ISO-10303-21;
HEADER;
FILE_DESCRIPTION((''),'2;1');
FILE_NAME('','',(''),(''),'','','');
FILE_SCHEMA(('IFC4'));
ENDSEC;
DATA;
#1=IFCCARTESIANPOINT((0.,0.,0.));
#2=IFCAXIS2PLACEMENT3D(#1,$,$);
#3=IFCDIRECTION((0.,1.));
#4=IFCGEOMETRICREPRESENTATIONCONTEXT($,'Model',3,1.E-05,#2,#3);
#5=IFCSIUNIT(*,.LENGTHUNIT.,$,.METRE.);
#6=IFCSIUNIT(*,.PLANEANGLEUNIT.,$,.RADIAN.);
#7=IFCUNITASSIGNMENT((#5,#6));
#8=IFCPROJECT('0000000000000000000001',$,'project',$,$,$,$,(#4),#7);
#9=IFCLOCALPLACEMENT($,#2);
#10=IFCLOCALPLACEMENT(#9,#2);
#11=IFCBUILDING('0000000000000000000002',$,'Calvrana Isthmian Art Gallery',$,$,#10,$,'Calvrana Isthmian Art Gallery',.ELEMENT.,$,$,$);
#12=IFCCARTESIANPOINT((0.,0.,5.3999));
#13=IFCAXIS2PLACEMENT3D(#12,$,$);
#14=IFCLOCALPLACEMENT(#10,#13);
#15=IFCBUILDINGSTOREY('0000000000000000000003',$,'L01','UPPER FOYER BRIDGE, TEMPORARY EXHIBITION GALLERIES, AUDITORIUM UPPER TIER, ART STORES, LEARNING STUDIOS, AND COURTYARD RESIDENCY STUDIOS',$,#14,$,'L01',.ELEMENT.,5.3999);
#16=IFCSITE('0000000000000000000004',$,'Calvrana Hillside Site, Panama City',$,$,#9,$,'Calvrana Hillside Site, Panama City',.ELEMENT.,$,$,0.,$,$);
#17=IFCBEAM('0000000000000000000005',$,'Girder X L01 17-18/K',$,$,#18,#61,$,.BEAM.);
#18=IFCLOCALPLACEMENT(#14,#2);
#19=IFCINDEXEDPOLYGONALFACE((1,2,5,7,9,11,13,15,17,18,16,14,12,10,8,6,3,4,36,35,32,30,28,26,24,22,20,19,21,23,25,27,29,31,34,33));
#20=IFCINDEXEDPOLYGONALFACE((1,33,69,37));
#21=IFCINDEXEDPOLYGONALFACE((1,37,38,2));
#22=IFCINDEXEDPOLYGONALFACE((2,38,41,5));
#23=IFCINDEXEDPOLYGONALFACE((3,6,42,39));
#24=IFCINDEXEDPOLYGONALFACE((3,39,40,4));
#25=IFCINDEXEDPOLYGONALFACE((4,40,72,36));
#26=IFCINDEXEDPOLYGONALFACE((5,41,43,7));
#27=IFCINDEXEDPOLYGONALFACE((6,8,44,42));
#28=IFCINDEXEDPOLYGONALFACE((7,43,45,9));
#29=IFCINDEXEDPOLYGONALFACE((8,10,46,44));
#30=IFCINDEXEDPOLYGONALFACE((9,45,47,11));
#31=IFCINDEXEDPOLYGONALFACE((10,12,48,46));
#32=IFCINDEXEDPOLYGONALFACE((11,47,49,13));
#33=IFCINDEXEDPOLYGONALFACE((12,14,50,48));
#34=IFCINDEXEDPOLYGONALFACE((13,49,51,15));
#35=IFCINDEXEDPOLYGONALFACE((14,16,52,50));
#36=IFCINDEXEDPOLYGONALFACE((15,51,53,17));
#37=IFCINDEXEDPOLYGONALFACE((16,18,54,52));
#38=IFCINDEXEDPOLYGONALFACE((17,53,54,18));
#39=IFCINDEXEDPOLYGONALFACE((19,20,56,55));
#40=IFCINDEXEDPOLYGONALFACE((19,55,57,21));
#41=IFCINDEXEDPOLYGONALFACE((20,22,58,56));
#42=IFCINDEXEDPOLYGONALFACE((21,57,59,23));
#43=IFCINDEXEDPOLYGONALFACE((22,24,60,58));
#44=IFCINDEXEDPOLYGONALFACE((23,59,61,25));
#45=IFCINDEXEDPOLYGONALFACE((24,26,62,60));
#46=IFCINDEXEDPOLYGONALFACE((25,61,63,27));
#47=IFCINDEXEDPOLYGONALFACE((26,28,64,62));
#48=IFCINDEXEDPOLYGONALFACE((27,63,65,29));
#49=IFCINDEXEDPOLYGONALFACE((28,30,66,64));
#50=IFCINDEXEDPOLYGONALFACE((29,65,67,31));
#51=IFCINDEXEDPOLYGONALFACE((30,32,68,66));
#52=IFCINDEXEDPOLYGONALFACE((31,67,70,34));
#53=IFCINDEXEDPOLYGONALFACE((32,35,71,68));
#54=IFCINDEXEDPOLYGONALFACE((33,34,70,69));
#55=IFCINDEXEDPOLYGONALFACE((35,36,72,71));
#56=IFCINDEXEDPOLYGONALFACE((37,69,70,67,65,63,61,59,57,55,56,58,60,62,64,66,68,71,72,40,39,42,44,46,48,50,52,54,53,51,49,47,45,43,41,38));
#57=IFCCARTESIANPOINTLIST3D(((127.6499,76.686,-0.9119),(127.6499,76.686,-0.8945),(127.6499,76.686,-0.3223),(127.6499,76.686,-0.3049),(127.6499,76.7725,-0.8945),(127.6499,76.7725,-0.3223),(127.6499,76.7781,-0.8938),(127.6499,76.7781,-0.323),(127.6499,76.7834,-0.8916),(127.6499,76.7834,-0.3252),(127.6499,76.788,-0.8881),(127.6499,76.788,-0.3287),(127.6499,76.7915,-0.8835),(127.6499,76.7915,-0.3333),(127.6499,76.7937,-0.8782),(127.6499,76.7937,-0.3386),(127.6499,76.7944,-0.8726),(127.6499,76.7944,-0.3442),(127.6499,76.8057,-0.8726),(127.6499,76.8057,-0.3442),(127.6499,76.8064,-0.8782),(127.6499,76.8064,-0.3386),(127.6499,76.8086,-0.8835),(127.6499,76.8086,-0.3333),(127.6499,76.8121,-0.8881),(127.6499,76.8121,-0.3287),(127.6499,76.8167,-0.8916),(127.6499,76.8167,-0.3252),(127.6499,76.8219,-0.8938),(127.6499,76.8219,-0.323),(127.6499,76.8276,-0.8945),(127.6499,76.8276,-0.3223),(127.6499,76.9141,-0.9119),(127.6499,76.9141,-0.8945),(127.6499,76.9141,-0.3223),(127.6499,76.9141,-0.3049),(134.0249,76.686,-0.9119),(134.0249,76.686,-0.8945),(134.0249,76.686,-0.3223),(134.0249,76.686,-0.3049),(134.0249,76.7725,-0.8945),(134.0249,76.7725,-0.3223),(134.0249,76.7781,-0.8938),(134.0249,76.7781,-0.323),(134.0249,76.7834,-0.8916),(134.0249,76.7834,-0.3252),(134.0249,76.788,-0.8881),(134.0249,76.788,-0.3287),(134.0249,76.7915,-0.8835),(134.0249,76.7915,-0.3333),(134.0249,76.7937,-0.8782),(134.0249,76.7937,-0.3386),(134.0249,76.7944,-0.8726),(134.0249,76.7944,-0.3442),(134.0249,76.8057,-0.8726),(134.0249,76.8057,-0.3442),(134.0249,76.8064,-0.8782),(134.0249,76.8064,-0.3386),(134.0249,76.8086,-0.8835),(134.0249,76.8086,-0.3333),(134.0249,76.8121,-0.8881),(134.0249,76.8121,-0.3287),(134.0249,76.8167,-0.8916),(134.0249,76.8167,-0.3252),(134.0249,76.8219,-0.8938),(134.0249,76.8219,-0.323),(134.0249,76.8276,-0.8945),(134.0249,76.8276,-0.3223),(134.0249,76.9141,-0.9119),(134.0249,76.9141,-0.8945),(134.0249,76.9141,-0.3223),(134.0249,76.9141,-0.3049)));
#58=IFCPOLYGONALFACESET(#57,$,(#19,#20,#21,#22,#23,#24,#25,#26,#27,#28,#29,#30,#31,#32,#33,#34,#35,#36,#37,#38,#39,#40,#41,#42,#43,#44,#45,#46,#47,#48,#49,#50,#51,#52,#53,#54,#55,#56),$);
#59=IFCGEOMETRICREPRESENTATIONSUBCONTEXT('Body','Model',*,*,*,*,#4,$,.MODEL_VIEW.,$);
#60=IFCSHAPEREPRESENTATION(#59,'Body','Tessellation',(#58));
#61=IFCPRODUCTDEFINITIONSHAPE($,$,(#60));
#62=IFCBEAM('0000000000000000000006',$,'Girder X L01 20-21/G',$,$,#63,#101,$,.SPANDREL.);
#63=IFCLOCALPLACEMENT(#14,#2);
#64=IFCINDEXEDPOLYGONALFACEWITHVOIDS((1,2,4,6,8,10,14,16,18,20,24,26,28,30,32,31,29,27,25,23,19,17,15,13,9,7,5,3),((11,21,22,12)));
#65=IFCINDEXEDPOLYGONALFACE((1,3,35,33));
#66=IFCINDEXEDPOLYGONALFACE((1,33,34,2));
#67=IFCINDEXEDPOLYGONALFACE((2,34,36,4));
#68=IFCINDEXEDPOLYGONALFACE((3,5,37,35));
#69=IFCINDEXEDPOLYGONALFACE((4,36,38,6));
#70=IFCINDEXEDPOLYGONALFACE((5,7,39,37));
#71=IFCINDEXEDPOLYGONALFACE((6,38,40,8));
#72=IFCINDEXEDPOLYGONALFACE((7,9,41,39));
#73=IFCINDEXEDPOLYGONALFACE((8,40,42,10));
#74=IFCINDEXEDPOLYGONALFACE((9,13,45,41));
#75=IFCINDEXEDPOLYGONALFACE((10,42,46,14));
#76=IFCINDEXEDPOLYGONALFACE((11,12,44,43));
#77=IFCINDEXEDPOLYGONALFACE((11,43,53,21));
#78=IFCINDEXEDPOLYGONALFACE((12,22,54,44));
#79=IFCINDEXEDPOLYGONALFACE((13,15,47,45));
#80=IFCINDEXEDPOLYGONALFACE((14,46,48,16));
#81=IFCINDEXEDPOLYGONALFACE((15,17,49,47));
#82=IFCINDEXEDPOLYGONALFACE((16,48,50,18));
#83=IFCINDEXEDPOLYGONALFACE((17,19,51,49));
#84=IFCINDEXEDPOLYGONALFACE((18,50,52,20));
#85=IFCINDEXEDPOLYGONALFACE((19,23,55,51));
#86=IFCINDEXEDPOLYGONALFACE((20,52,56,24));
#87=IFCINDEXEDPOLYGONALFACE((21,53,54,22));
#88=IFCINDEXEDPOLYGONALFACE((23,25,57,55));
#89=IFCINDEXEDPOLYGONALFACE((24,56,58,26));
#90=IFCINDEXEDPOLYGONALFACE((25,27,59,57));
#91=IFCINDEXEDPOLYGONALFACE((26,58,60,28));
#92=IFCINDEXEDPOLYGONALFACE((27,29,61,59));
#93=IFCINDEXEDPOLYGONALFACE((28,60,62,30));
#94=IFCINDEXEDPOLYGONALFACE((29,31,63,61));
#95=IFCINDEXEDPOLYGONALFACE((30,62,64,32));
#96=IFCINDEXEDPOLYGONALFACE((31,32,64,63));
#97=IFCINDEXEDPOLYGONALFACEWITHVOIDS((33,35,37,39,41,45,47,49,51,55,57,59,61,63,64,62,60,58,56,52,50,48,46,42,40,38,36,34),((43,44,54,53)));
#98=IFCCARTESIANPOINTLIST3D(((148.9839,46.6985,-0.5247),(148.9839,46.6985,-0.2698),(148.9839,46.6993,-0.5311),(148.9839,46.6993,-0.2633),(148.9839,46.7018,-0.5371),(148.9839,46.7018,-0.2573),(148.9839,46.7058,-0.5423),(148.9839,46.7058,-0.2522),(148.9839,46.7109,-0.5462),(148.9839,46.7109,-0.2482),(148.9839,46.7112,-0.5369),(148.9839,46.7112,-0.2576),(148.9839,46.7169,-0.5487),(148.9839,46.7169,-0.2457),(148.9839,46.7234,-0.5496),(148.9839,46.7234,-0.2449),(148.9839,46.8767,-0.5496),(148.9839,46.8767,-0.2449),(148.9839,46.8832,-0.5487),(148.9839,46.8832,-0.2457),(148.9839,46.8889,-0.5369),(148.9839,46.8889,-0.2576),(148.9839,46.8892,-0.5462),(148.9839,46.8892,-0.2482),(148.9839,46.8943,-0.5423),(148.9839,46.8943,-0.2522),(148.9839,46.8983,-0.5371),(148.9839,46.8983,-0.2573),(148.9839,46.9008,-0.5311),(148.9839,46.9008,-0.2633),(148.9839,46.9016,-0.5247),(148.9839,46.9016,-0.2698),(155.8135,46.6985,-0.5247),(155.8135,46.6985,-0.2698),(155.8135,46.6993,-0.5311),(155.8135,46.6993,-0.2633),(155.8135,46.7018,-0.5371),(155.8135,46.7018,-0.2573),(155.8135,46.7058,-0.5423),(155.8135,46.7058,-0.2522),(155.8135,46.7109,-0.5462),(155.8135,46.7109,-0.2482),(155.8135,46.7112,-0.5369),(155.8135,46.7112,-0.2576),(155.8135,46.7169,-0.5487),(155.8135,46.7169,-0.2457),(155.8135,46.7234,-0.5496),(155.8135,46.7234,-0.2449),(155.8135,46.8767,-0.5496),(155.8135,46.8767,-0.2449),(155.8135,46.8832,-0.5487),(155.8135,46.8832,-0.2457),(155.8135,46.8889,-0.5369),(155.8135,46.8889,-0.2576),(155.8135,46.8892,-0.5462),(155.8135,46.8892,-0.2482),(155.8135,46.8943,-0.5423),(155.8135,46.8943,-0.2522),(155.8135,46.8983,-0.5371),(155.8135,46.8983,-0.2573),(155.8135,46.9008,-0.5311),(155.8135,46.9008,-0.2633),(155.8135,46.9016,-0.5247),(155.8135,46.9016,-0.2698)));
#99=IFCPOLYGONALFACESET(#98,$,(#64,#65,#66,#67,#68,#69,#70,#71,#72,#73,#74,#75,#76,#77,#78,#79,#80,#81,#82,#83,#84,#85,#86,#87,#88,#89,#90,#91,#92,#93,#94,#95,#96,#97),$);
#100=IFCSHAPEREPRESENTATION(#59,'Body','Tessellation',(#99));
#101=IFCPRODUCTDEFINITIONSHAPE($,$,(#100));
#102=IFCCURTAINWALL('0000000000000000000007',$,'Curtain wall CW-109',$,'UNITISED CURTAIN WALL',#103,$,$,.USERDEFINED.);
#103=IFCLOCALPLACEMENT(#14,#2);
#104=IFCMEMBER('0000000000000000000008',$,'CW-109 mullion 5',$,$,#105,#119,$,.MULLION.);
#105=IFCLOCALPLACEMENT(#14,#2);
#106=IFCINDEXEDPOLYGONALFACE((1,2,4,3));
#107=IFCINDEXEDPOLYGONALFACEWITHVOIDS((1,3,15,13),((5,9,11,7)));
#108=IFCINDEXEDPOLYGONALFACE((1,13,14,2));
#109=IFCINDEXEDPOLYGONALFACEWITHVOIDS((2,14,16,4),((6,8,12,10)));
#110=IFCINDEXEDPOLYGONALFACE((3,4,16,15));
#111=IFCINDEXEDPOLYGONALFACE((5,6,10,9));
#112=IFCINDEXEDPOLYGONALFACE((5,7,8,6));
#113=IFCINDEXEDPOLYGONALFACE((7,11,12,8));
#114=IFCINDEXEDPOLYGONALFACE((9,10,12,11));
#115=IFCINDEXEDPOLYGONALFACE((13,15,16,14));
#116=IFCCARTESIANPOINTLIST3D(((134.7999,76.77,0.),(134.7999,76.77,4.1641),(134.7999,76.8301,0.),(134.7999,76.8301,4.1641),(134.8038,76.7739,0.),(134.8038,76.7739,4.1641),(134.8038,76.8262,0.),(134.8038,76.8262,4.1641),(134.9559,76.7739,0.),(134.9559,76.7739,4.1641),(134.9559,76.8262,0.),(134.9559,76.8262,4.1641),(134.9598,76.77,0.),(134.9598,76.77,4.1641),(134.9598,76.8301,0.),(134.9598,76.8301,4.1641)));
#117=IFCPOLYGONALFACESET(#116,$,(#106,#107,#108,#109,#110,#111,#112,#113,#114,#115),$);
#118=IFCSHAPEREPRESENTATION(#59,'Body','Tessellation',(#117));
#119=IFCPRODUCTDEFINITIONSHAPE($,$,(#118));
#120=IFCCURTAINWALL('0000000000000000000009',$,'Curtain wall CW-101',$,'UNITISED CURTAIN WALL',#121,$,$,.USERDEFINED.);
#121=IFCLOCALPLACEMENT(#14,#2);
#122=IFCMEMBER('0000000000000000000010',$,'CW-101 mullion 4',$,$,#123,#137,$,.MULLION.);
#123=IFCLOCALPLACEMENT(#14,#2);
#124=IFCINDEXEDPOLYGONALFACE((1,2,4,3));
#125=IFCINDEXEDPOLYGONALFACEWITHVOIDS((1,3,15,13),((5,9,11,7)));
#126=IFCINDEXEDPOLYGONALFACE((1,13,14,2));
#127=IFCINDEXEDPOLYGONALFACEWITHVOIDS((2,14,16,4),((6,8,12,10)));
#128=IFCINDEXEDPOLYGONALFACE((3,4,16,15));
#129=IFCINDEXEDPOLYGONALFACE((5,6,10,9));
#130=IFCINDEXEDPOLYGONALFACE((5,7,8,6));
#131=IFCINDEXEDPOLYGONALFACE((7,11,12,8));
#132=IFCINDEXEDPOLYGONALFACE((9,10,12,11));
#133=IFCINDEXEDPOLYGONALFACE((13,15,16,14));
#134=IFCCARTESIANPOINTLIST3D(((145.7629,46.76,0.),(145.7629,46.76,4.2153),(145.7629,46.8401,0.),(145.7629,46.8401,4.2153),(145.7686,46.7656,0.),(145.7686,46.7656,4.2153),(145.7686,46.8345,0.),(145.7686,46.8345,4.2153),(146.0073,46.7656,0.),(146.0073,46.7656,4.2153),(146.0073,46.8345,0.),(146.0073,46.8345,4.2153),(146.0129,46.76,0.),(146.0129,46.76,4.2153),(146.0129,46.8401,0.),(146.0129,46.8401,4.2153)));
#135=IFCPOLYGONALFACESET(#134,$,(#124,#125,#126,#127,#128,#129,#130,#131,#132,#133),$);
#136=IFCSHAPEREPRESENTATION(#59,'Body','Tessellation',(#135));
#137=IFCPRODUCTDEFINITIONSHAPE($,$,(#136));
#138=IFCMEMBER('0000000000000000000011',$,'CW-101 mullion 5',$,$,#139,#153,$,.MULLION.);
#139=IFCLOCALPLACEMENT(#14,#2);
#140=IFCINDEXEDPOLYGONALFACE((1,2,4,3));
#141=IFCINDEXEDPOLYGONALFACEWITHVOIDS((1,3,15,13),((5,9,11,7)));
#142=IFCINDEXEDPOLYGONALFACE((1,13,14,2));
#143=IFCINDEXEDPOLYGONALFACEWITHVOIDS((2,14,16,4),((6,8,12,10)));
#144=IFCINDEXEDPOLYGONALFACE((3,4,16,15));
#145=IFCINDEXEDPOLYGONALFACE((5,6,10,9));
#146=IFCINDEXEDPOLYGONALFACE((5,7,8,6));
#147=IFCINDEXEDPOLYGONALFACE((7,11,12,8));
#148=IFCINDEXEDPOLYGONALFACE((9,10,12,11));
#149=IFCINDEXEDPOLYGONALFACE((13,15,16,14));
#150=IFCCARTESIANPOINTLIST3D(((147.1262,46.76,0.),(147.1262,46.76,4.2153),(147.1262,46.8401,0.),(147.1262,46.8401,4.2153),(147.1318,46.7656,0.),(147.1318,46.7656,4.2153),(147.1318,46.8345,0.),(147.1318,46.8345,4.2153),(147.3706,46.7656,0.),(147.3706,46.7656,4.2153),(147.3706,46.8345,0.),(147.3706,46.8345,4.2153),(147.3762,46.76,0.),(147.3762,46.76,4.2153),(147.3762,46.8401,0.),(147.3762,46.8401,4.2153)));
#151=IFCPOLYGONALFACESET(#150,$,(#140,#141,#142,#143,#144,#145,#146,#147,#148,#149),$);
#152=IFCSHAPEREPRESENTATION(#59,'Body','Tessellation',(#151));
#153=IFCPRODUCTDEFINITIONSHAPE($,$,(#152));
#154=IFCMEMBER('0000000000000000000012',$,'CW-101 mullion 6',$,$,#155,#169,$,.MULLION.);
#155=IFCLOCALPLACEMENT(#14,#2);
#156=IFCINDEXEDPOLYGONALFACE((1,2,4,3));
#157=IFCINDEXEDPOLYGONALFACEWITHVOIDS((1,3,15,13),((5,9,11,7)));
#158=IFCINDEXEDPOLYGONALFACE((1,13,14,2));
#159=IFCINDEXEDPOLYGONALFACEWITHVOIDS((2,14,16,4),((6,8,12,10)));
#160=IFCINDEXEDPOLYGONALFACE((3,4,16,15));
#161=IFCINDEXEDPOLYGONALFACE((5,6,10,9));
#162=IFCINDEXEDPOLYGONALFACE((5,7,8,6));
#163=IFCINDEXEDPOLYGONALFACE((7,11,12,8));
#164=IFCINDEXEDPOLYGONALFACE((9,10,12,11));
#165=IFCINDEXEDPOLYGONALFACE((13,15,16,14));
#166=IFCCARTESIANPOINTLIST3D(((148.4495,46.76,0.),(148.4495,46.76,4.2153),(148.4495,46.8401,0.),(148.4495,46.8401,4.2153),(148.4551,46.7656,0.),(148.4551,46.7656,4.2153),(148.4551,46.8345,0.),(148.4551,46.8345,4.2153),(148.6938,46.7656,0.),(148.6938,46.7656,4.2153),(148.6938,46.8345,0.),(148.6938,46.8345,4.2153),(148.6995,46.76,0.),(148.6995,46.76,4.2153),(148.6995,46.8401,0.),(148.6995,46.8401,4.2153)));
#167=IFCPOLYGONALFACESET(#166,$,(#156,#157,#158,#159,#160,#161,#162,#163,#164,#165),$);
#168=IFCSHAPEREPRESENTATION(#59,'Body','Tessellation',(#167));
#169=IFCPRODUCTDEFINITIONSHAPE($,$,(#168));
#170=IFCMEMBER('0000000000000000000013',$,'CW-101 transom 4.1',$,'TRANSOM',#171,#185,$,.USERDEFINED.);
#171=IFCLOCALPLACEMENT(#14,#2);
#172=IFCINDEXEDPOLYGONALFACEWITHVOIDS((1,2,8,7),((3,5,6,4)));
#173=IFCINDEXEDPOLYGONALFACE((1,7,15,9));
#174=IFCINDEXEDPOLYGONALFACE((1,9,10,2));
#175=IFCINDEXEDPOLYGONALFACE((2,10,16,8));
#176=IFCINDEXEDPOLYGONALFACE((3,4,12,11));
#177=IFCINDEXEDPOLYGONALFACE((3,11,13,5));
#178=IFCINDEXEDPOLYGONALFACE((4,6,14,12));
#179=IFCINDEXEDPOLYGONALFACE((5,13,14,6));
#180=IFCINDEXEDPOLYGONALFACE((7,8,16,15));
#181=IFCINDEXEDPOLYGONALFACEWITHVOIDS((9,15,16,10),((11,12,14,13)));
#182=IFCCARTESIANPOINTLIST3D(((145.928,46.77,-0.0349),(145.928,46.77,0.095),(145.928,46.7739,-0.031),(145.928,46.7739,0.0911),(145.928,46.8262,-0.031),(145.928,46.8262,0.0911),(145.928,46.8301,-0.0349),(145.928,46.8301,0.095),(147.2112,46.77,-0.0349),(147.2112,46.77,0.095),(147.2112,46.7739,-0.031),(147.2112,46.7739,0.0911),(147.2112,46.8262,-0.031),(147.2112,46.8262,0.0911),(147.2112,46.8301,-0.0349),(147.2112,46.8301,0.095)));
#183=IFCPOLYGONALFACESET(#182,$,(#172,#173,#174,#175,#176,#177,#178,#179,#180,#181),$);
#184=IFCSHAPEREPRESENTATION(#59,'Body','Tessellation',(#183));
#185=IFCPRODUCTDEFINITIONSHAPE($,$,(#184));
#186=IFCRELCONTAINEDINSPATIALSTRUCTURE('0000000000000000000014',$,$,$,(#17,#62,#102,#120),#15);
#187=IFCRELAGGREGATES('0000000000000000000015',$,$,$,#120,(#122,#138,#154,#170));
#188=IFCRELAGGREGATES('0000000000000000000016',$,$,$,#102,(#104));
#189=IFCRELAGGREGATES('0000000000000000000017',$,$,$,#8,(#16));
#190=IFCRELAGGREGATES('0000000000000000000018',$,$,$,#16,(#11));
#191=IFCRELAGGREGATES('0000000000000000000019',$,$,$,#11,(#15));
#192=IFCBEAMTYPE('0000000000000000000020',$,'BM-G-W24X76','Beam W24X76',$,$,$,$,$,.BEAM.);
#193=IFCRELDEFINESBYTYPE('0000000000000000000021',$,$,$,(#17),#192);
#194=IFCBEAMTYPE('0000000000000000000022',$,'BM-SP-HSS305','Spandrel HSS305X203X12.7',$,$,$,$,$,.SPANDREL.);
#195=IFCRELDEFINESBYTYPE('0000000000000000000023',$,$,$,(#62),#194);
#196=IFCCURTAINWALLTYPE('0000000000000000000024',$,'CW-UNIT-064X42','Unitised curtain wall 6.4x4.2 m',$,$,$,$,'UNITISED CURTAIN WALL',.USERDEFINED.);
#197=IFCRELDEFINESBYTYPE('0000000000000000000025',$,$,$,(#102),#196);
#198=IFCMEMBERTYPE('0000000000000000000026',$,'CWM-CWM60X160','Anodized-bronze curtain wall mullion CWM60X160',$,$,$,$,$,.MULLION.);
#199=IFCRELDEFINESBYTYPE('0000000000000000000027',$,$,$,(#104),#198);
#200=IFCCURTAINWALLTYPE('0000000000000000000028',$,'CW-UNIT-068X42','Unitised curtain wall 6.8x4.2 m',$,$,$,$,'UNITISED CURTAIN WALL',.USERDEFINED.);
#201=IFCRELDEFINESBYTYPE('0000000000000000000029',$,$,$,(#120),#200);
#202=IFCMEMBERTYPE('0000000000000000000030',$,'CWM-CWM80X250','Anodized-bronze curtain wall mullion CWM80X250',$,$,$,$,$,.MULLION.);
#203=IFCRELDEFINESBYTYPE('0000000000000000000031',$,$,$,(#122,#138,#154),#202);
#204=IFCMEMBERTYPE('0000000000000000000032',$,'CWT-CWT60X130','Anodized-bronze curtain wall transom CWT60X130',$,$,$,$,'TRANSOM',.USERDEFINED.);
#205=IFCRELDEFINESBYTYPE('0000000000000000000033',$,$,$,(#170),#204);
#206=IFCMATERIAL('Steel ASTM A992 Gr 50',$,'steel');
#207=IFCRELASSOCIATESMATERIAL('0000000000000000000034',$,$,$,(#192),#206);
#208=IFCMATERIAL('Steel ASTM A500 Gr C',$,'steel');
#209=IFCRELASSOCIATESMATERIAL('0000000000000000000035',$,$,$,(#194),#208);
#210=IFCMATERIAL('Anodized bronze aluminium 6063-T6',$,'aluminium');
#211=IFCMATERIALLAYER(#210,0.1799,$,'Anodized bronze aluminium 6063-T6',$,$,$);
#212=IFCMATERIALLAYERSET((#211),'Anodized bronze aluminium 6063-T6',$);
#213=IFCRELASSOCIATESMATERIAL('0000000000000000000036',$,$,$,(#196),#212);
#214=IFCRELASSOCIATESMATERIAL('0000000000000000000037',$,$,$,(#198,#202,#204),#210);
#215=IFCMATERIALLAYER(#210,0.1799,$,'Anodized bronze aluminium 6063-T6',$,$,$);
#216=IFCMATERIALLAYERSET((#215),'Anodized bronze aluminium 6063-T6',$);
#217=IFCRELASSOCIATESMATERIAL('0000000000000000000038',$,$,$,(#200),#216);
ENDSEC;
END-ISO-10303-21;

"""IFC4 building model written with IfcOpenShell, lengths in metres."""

from ifc_helpers import new_model, si_unit, direction, frame, origin, origin_2d, place, context, subcontext, project, spatial, hollow_rectangle, i_section, extrude, material, layer, layer_set, material_profile, profile_set, type_object, element, aggregate, save


model = new_model("IFC4")

# Units and contexts
model_context = context("Model", 3, precision=1e-05, world=origin(), true_north=direction((0.0, 1.0)))
body_context = subcontext(model_context, "Body", "Model", "MODEL_VIEW")
ifc_project = project(units=[si_unit("LENGTHUNIT", "METRE"), si_unit("PLANEANGLEUNIT", "RADIAN")], contexts=[model_context])

# Site, building, storey
site_placement = place(None, origin())
site = spatial("IfcSite", under=ifc_project, at=site_placement, Name="Calvrana Hillside Site, Panama City", LongName="Calvrana Hillside Site, Panama City", CompositionType="ELEMENT", RefElevation=0.0)
building_placement = place(site_placement, origin())
building = spatial("IfcBuilding", under=site, at=building_placement, Name="Calvrana Isthmian Art Gallery", LongName="Calvrana Isthmian Art Gallery", CompositionType="ELEMENT")
storey_placement = place(building_placement, frame((0.0, 0.0, 5.3999)))
storey = spatial("IfcBuildingStorey", under=building, at=storey_placement, Name="L01", Description="UPPER FOYER BRIDGE, TEMPORARY EXHIBITION GALLERIES, AUDITORIUM UPPER TIER, ART STORES, LEARNING STUDIOS, AND COURTYARD RESIDENCY STUDIOS", LongName="L01", CompositionType="ELEMENT", Elevation=5.3999)

# Shared definitions
ifc_material_1 = material(Name="Steel ASTM A992 Gr 50", Category="steel")

# Beams
ifc_material_profile_1 = material_profile(ifc_material_1, i_section(OverallWidth=0.228, OverallDepth=0.6069, WebThickness=0.0112, FlangeThickness=0.0173, FilletRadius=0.022, at=origin_2d()), Name="W24X76")
ifc_profile_set_1 = profile_set([ifc_material_profile_1], Name="Steel ASTM A992 Gr 50")
beam_type_1 = type_object("IfcBeamType", Name="BM-G-W24X76", Description="Beam W24X76", PredefinedType="BEAM", material=ifc_profile_set_1)
beam_1_placement = place(storey_placement, frame((127.6499, 76.8, -0.6084), z_axis=(1.0, 0.0, 0.0), x_axis=(0.0, 1.0, 0.0)))
element("IfcBeam", 1, at=beam_1_placement, inside=storey, type_object=beam_type_1, Name="Girder X L01 17-18/K", PredefinedType="BEAM", context=body_context, shape_type="SweptSolid", body=[
    extrude(i_section(OverallWidth=0.228, OverallDepth=0.6069, WebThickness=0.0112, FlangeThickness=0.0173, FilletRadius=0.022, at=origin_2d()), origin(), (0.0, 0.0, 1.0), 6.375),
])
ifc_material_2 = material(Name="Steel ASTM A500 Gr C", Category="steel")
ifc_material_profile_2 = material_profile(ifc_material_2, hollow_rectangle(XDim=0.2031, YDim=0.3047, WallThickness=0.0127, OuterFilletRadius=0.0249, at=origin_2d()), Name="HSS305X203X12.7")
ifc_profile_set_2 = profile_set([ifc_material_profile_2], Name="Steel ASTM A500 Gr C")
beam_type_2 = type_object("IfcBeamType", Name="BM-SP-HSS305", Description="Spandrel HSS305X203X12.7", PredefinedType="SPANDREL", material=ifc_profile_set_2)
beam_2_placement = place(storey_placement, frame((148.9839, 46.8, -0.3972), z_axis=(1.0, 0.0, 0.0), x_axis=(0.0, 1.0, 0.0)))
element("IfcBeam", 2, at=beam_2_placement, inside=storey, type_object=beam_type_2, Name="Girder X L01 20-21/G", PredefinedType="SPANDREL", context=body_context, shape_type="SweptSolid", body=[
    extrude(hollow_rectangle(XDim=0.2031, YDim=0.3047, WallThickness=0.0127, OuterFilletRadius=0.0249, at=origin_2d()), origin(), (0.0, 0.0, 1.0), 6.8296),
])

# Curtain wall, member
ifc_material_3 = material(Name="Anodized bronze aluminium 6063-T6", Category="aluminium")
ifc_layer_1 = layer(ifc_material_3, 0.1799, Name="Anodized bronze aluminium 6063-T6")
ifc_layer_set_1 = layer_set([ifc_layer_1], Name="Anodized bronze aluminium 6063-T6")
curtain_wall_type_1 = type_object("IfcCurtainWallType", Name="CW-UNIT-064X42", Description="Unitised curtain wall 6.4x4.2 m", ElementType="UNITISED CURTAIN WALL", PredefinedType="USERDEFINED", material=ifc_layer_set_1)
curtain_wall_1_placement = place(storey_placement, origin())
curtain_wall_1 = element("IfcCurtainWall", 3, at=curtain_wall_1_placement, inside=storey, type_object=curtain_wall_type_1, Name="Curtain wall CW-109", ObjectType="UNITISED CURTAIN WALL", PredefinedType="USERDEFINED")
ifc_material_profile_3 = material_profile(ifc_material_3, hollow_rectangle(XDim=0.0601, YDim=0.1599, WallThickness=0.0039, at=origin_2d()), Name="CWM60X160")
ifc_profile_set_3 = profile_set([ifc_material_profile_3], Name="Anodized bronze aluminium 6063-T6")
member_type_1 = type_object("IfcMemberType", Name="CWM-CWM60X160", Description="Anodized-bronze curtain wall mullion CWM60X160", PredefinedType="MULLION", material=ifc_profile_set_3)
member_1_placement = place(storey_placement, frame((134.8799, 76.8, 0.0), z_axis=(0.0, 0.0, 1.0), x_axis=(0.0, -1.0, 0.0)))
member_1 = element("IfcMember", 4, at=member_1_placement, type_object=member_type_1, Name="CW-109 mullion 5", PredefinedType="MULLION", context=body_context, shape_type="SweptSolid", body=[
    extrude(hollow_rectangle(XDim=0.0601, YDim=0.1599, WallThickness=0.0039, at=origin_2d()), origin(), (0.0, 0.0, 1.0), 4.1641),
])

# Curtain wall, members
ifc_layer_2 = layer(ifc_material_3, 0.1799, Name="Anodized bronze aluminium 6063-T6")
ifc_layer_set_2 = layer_set([ifc_layer_2], Name="Anodized bronze aluminium 6063-T6")
curtain_wall_type_2 = type_object("IfcCurtainWallType", Name="CW-UNIT-068X42", Description="Unitised curtain wall 6.8x4.2 m", ElementType="UNITISED CURTAIN WALL", PredefinedType="USERDEFINED", material=ifc_layer_set_2)
curtain_wall_2_placement = place(storey_placement, origin())
curtain_wall_2 = element("IfcCurtainWall", 5, at=curtain_wall_2_placement, inside=storey, type_object=curtain_wall_type_2, Name="Curtain wall CW-101", ObjectType="UNITISED CURTAIN WALL", PredefinedType="USERDEFINED")
ifc_material_profile_4 = material_profile(ifc_material_3, hollow_rectangle(XDim=0.0801, YDim=0.25, WallThickness=0.0056, at=origin_2d()), Name="CWM80X250")
ifc_profile_set_4 = profile_set([ifc_material_profile_4], Name="Anodized bronze aluminium 6063-T6")
member_type_2 = type_object("IfcMemberType", Name="CWM-CWM80X250", Description="Anodized-bronze curtain wall mullion CWM80X250", PredefinedType="MULLION", material=ifc_profile_set_4)
member_2_placement = place(storey_placement, frame((145.8879, 46.8, 0.0), z_axis=(0.0, 0.0, 1.0), x_axis=(0.0, 1.0, 0.0)))
member_2 = element("IfcMember", 6, at=member_2_placement, type_object=member_type_2, Name="CW-101 mullion 4", PredefinedType="MULLION", context=body_context, shape_type="SweptSolid", body=[
    extrude(hollow_rectangle(XDim=0.0801, YDim=0.25, WallThickness=0.0056, at=origin_2d()), origin(), (0.0, 0.0, 1.0), 4.2153),
])
member_3_placement = place(storey_placement, frame((147.2512, 46.8, 0.0), z_axis=(0.0, 0.0, 1.0), x_axis=(0.0, 1.0, 0.0)))
member_3 = element("IfcMember", 7, at=member_3_placement, type_object=member_type_2, Name="CW-101 mullion 5", PredefinedType="MULLION", context=body_context, shape_type="SweptSolid", body=[
    extrude(hollow_rectangle(XDim=0.0801, YDim=0.25, WallThickness=0.0056, at=origin_2d()), origin(), (0.0, 0.0, 1.0), 4.2153),
])
member_4_placement = place(storey_placement, frame((148.5745, 46.8, 0.0), z_axis=(0.0, 0.0, 1.0), x_axis=(0.0, 1.0, 0.0)))
member_4 = element("IfcMember", 8, at=member_4_placement, type_object=member_type_2, Name="CW-101 mullion 6", PredefinedType="MULLION", context=body_context, shape_type="SweptSolid", body=[
    extrude(hollow_rectangle(XDim=0.0801, YDim=0.25, WallThickness=0.0056, at=origin_2d()), origin(), (0.0, 0.0, 1.0), 4.2153),
])
ifc_material_profile_5 = material_profile(ifc_material_3, hollow_rectangle(XDim=0.0601, YDim=0.1299, WallThickness=0.0039, at=origin_2d()), Name="CWT60X130")
ifc_profile_set_5 = profile_set([ifc_material_profile_5], Name="Anodized bronze aluminium 6063-T6")
member_type_3 = type_object("IfcMemberType", Name="CWT-CWT60X130", Description="Anodized-bronze curtain wall transom CWT60X130", ElementType="TRANSOM", PredefinedType="USERDEFINED", material=ifc_profile_set_5)
member_5_placement = place(storey_placement, frame((145.928, 46.8, 0.03), z_axis=(1.0, 0.0, 0.0), x_axis=(0.0, 1.0, 0.0)))
member_5 = element("IfcMember", 9, at=member_5_placement, type_object=member_type_3, Name="CW-101 transom 4.1", ObjectType="TRANSOM", PredefinedType="USERDEFINED", context=body_context, shape_type="SweptSolid", body=[
    extrude(hollow_rectangle(XDim=0.0601, YDim=0.1299, WallThickness=0.0039, at=origin_2d()), origin(), (0.0, 0.0, 1.0), 1.2832),
])
aggregate(curtain_wall_2, [member_2, member_3, member_4, member_5])

aggregate(curtain_wall_1, [member_1])

save(model, "model.ifc")
